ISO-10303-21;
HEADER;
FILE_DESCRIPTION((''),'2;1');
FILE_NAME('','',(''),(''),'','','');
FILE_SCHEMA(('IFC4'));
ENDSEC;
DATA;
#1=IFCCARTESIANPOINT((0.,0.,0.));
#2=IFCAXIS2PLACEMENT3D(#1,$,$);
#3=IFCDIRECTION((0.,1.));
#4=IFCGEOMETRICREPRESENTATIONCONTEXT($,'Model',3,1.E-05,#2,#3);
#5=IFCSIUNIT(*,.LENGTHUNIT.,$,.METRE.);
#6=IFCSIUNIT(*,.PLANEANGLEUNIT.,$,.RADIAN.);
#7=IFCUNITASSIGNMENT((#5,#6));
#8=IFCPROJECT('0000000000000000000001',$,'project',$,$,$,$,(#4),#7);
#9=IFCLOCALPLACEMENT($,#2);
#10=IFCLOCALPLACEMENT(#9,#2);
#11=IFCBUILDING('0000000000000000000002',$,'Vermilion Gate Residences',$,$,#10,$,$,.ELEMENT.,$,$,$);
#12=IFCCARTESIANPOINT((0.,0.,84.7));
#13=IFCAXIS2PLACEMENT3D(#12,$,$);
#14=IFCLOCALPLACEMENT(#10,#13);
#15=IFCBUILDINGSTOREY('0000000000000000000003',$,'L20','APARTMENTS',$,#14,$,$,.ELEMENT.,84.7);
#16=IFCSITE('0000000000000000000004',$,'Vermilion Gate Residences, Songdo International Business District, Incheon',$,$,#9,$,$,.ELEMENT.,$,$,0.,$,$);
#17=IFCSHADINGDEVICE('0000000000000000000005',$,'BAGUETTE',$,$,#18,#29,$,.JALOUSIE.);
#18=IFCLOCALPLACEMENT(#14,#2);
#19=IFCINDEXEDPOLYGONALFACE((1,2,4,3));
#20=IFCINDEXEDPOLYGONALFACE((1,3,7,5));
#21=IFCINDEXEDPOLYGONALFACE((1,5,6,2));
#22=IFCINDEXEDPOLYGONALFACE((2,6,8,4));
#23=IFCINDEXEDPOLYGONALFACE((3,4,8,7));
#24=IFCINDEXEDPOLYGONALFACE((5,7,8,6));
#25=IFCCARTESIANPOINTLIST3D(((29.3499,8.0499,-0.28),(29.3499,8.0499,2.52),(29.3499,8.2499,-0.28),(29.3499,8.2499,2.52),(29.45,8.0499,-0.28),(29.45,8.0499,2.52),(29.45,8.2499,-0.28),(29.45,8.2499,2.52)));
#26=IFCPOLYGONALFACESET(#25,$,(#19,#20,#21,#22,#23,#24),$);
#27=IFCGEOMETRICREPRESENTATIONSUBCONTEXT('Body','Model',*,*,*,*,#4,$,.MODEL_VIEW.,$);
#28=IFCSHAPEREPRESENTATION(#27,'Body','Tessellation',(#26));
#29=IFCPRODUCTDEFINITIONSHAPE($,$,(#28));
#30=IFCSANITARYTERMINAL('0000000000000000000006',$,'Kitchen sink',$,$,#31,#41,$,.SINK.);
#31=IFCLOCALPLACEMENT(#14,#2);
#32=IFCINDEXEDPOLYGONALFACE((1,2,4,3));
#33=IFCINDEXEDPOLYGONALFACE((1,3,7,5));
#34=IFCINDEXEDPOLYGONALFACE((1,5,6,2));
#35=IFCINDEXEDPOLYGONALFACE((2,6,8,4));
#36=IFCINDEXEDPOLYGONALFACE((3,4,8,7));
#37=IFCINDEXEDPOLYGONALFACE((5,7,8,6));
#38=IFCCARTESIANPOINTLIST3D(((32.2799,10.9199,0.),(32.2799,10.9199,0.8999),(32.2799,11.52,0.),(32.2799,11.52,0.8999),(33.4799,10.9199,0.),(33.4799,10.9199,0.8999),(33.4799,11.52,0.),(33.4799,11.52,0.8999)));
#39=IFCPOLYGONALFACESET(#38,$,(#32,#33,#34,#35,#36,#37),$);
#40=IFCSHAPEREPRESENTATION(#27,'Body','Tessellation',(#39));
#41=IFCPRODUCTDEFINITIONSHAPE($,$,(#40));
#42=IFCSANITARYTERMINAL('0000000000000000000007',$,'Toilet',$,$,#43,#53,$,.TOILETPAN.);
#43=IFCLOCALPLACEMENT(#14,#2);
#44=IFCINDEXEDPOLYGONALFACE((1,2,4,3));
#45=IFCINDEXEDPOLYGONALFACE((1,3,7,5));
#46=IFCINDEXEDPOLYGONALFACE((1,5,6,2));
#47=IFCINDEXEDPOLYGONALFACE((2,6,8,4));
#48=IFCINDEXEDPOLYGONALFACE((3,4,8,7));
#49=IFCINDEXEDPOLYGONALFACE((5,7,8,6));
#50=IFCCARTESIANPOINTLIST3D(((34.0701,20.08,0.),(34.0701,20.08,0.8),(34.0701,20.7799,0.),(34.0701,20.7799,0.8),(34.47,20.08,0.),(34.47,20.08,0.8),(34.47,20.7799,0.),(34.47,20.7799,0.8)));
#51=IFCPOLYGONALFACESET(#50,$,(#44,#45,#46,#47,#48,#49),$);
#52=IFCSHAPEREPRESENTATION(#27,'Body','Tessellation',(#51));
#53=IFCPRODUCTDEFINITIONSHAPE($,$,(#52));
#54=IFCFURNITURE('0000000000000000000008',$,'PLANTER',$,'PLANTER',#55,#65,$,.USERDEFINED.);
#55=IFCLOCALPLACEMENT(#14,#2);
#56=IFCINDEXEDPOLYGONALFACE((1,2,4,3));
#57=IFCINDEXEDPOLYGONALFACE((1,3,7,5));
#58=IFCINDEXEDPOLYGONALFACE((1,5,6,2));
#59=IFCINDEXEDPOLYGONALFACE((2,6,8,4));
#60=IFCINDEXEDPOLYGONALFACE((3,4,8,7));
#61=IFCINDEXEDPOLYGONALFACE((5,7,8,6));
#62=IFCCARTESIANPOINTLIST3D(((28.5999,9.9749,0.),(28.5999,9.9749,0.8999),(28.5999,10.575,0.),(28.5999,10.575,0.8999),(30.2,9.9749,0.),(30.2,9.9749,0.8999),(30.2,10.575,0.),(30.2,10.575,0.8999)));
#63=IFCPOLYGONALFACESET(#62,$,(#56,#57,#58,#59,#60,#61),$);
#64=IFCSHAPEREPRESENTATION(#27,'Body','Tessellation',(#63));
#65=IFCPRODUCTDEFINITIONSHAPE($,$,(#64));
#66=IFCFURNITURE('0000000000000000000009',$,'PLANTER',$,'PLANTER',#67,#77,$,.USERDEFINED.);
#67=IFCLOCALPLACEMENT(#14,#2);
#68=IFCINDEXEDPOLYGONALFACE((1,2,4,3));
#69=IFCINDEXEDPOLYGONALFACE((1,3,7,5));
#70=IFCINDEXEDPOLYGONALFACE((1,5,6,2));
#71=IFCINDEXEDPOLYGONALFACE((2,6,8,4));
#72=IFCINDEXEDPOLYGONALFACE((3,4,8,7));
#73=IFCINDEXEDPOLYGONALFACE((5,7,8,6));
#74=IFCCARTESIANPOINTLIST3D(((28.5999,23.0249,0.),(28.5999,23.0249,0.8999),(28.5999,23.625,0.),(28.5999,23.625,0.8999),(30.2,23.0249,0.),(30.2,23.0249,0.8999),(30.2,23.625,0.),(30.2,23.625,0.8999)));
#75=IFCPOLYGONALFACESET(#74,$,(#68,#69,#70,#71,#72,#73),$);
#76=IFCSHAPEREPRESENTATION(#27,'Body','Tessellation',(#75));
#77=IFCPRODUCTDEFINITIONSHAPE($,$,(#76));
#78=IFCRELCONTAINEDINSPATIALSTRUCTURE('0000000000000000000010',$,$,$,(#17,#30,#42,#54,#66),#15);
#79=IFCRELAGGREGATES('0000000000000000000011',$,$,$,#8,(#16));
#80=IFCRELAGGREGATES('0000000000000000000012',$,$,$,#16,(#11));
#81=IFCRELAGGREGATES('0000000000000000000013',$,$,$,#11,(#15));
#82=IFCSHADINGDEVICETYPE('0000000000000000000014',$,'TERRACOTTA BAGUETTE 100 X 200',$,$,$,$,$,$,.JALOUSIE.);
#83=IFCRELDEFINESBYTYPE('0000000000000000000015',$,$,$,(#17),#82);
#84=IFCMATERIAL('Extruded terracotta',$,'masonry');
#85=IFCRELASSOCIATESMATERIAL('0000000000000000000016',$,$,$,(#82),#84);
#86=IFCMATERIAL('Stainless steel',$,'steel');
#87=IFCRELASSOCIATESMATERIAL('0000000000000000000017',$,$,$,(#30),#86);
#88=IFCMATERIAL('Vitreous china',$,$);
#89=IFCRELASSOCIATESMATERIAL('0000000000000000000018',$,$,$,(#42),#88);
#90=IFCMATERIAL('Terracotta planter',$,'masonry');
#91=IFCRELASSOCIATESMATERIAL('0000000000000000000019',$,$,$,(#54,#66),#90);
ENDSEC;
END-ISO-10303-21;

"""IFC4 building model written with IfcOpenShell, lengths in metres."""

from ifc_helpers import new_model, si_unit, direction, frame, origin, origin_2d, place, context, subcontext, project, spatial, rectangle, extrude, material, material_profile, profile_set, type_object, element, save


model = new_model("IFC4")

# Units and contexts
model_context = context("Model", 3, precision=1e-05, world=origin(), true_north=direction((0.0, 1.0)))
body_context = subcontext(model_context, "Body", "Model", "MODEL_VIEW")
ifc_project = project(units=[si_unit("LENGTHUNIT", "METRE"), si_unit("PLANEANGLEUNIT", "RADIAN")], contexts=[model_context])

# Site, building, storey
site_placement = place(None, origin())
site = spatial("IfcSite", under=ifc_project, at=site_placement, Name="Vermilion Gate Residences, Songdo International Business District, Incheon", CompositionType="ELEMENT", RefElevation=0.0)
building_placement = place(site_placement, origin())
building = spatial("IfcBuilding", under=site, at=building_placement, Name="Vermilion Gate Residences", CompositionType="ELEMENT")
storey_placement = place(building_placement, frame((0.0, 0.0, 84.7)))
storey = spatial("IfcBuildingStorey", under=building, at=storey_placement, Name="L20", Description="APARTMENTS", CompositionType="ELEMENT", Elevation=84.7)

# Shading device
ifc_material_1 = material(Name="Extruded terracotta", Category="masonry")
ifc_material_profile_1 = material_profile(ifc_material_1, rectangle(XDim=0.2, YDim=0.1001, at=origin_2d()), Name="BAGUETTE 100 X 200")
ifc_profile_set_1 = profile_set([ifc_material_profile_1], Name="Extruded terracotta")
shading_device_type_1 = type_object("IfcShadingDeviceType", Name="TERRACOTTA BAGUETTE 100 X 200", PredefinedType="JALOUSIE", material=ifc_profile_set_1)
shading_device_1_placement = place(storey_placement, frame((29.3999, 8.1499, -0.28), z_axis=(0.0, 0.0, 1.0), x_axis=(0.0, 1.0, 0.0)))
element("IfcShadingDevice", 1, at=shading_device_1_placement, inside=storey, type_object=shading_device_type_1, Name="BAGUETTE", PredefinedType="JALOUSIE", context=body_context, shape_type="SweptSolid", body=[
    extrude(rectangle(XDim=0.2, YDim=0.1001, at=origin_2d()), origin(), (0.0, 0.0, 1.0), 2.8),
])

# Sanitary terminals
ifc_material_2 = material(Name="Stainless steel", Category="steel")
sanitary_terminal_1_placement = place(storey_placement, frame((32.8799, 11.22, 0.0), z_axis=(0.0, 0.0, 1.0), x_axis=(1.0, 0.0, 0.0)))
element("IfcSanitaryTerminal", 2, at=sanitary_terminal_1_placement, inside=storey, material=ifc_material_2, Name="Kitchen sink", PredefinedType="SINK", context=body_context, shape_type="SweptSolid", body=[
    extrude(rectangle(XDim=1.2, YDim=0.6001, at=origin_2d()), origin(), (0.0, 0.0, 1.0), 0.8999),
])
ifc_material_3 = material(Name="Vitreous china")
sanitary_terminal_2_placement = place(storey_placement, frame((34.27, 20.4299, 0.0), z_axis=(0.0, 0.0, 1.0), x_axis=(1.0, 0.0, 0.0)))
element("IfcSanitaryTerminal", 3, at=sanitary_terminal_2_placement, inside=storey, material=ifc_material_3, Name="Toilet", PredefinedType="TOILETPAN", context=body_context, shape_type="SweptSolid", body=[
    extrude(rectangle(XDim=0.3999, YDim=0.7, at=origin_2d()), origin(), (0.0, 0.0, 1.0), 0.8),
])

# Furniture
ifc_material_4 = material(Name="Terracotta planter", Category="masonry")
for number, where, z_axis, x_axis, name in (
    (4, (29.3999, 10.2749, 0.0), (0.0, 0.0, 1.0), (1.0, 0.0, 0.0), "PLANTER"),
    (5, (29.3999, 23.325, 0.0), (0.0, 0.0, 1.0), (-1.0, 0.0, 0.0), "PLANTER"),
):
    element("IfcFurniture", number, at=place(storey_placement, frame(where, z_axis=z_axis, x_axis=x_axis)), inside=storey, material=ifc_material_4, Name=name, ObjectType="PLANTER", PredefinedType="USERDEFINED", context=body_context, shape_type="SweptSolid", body=[
        extrude(rectangle(XDim=1.6001, YDim=0.6001, at=origin_2d()), origin(), (0.0, 0.0, 1.0), 0.8999),
    ])

save(model, "model.ifc")
